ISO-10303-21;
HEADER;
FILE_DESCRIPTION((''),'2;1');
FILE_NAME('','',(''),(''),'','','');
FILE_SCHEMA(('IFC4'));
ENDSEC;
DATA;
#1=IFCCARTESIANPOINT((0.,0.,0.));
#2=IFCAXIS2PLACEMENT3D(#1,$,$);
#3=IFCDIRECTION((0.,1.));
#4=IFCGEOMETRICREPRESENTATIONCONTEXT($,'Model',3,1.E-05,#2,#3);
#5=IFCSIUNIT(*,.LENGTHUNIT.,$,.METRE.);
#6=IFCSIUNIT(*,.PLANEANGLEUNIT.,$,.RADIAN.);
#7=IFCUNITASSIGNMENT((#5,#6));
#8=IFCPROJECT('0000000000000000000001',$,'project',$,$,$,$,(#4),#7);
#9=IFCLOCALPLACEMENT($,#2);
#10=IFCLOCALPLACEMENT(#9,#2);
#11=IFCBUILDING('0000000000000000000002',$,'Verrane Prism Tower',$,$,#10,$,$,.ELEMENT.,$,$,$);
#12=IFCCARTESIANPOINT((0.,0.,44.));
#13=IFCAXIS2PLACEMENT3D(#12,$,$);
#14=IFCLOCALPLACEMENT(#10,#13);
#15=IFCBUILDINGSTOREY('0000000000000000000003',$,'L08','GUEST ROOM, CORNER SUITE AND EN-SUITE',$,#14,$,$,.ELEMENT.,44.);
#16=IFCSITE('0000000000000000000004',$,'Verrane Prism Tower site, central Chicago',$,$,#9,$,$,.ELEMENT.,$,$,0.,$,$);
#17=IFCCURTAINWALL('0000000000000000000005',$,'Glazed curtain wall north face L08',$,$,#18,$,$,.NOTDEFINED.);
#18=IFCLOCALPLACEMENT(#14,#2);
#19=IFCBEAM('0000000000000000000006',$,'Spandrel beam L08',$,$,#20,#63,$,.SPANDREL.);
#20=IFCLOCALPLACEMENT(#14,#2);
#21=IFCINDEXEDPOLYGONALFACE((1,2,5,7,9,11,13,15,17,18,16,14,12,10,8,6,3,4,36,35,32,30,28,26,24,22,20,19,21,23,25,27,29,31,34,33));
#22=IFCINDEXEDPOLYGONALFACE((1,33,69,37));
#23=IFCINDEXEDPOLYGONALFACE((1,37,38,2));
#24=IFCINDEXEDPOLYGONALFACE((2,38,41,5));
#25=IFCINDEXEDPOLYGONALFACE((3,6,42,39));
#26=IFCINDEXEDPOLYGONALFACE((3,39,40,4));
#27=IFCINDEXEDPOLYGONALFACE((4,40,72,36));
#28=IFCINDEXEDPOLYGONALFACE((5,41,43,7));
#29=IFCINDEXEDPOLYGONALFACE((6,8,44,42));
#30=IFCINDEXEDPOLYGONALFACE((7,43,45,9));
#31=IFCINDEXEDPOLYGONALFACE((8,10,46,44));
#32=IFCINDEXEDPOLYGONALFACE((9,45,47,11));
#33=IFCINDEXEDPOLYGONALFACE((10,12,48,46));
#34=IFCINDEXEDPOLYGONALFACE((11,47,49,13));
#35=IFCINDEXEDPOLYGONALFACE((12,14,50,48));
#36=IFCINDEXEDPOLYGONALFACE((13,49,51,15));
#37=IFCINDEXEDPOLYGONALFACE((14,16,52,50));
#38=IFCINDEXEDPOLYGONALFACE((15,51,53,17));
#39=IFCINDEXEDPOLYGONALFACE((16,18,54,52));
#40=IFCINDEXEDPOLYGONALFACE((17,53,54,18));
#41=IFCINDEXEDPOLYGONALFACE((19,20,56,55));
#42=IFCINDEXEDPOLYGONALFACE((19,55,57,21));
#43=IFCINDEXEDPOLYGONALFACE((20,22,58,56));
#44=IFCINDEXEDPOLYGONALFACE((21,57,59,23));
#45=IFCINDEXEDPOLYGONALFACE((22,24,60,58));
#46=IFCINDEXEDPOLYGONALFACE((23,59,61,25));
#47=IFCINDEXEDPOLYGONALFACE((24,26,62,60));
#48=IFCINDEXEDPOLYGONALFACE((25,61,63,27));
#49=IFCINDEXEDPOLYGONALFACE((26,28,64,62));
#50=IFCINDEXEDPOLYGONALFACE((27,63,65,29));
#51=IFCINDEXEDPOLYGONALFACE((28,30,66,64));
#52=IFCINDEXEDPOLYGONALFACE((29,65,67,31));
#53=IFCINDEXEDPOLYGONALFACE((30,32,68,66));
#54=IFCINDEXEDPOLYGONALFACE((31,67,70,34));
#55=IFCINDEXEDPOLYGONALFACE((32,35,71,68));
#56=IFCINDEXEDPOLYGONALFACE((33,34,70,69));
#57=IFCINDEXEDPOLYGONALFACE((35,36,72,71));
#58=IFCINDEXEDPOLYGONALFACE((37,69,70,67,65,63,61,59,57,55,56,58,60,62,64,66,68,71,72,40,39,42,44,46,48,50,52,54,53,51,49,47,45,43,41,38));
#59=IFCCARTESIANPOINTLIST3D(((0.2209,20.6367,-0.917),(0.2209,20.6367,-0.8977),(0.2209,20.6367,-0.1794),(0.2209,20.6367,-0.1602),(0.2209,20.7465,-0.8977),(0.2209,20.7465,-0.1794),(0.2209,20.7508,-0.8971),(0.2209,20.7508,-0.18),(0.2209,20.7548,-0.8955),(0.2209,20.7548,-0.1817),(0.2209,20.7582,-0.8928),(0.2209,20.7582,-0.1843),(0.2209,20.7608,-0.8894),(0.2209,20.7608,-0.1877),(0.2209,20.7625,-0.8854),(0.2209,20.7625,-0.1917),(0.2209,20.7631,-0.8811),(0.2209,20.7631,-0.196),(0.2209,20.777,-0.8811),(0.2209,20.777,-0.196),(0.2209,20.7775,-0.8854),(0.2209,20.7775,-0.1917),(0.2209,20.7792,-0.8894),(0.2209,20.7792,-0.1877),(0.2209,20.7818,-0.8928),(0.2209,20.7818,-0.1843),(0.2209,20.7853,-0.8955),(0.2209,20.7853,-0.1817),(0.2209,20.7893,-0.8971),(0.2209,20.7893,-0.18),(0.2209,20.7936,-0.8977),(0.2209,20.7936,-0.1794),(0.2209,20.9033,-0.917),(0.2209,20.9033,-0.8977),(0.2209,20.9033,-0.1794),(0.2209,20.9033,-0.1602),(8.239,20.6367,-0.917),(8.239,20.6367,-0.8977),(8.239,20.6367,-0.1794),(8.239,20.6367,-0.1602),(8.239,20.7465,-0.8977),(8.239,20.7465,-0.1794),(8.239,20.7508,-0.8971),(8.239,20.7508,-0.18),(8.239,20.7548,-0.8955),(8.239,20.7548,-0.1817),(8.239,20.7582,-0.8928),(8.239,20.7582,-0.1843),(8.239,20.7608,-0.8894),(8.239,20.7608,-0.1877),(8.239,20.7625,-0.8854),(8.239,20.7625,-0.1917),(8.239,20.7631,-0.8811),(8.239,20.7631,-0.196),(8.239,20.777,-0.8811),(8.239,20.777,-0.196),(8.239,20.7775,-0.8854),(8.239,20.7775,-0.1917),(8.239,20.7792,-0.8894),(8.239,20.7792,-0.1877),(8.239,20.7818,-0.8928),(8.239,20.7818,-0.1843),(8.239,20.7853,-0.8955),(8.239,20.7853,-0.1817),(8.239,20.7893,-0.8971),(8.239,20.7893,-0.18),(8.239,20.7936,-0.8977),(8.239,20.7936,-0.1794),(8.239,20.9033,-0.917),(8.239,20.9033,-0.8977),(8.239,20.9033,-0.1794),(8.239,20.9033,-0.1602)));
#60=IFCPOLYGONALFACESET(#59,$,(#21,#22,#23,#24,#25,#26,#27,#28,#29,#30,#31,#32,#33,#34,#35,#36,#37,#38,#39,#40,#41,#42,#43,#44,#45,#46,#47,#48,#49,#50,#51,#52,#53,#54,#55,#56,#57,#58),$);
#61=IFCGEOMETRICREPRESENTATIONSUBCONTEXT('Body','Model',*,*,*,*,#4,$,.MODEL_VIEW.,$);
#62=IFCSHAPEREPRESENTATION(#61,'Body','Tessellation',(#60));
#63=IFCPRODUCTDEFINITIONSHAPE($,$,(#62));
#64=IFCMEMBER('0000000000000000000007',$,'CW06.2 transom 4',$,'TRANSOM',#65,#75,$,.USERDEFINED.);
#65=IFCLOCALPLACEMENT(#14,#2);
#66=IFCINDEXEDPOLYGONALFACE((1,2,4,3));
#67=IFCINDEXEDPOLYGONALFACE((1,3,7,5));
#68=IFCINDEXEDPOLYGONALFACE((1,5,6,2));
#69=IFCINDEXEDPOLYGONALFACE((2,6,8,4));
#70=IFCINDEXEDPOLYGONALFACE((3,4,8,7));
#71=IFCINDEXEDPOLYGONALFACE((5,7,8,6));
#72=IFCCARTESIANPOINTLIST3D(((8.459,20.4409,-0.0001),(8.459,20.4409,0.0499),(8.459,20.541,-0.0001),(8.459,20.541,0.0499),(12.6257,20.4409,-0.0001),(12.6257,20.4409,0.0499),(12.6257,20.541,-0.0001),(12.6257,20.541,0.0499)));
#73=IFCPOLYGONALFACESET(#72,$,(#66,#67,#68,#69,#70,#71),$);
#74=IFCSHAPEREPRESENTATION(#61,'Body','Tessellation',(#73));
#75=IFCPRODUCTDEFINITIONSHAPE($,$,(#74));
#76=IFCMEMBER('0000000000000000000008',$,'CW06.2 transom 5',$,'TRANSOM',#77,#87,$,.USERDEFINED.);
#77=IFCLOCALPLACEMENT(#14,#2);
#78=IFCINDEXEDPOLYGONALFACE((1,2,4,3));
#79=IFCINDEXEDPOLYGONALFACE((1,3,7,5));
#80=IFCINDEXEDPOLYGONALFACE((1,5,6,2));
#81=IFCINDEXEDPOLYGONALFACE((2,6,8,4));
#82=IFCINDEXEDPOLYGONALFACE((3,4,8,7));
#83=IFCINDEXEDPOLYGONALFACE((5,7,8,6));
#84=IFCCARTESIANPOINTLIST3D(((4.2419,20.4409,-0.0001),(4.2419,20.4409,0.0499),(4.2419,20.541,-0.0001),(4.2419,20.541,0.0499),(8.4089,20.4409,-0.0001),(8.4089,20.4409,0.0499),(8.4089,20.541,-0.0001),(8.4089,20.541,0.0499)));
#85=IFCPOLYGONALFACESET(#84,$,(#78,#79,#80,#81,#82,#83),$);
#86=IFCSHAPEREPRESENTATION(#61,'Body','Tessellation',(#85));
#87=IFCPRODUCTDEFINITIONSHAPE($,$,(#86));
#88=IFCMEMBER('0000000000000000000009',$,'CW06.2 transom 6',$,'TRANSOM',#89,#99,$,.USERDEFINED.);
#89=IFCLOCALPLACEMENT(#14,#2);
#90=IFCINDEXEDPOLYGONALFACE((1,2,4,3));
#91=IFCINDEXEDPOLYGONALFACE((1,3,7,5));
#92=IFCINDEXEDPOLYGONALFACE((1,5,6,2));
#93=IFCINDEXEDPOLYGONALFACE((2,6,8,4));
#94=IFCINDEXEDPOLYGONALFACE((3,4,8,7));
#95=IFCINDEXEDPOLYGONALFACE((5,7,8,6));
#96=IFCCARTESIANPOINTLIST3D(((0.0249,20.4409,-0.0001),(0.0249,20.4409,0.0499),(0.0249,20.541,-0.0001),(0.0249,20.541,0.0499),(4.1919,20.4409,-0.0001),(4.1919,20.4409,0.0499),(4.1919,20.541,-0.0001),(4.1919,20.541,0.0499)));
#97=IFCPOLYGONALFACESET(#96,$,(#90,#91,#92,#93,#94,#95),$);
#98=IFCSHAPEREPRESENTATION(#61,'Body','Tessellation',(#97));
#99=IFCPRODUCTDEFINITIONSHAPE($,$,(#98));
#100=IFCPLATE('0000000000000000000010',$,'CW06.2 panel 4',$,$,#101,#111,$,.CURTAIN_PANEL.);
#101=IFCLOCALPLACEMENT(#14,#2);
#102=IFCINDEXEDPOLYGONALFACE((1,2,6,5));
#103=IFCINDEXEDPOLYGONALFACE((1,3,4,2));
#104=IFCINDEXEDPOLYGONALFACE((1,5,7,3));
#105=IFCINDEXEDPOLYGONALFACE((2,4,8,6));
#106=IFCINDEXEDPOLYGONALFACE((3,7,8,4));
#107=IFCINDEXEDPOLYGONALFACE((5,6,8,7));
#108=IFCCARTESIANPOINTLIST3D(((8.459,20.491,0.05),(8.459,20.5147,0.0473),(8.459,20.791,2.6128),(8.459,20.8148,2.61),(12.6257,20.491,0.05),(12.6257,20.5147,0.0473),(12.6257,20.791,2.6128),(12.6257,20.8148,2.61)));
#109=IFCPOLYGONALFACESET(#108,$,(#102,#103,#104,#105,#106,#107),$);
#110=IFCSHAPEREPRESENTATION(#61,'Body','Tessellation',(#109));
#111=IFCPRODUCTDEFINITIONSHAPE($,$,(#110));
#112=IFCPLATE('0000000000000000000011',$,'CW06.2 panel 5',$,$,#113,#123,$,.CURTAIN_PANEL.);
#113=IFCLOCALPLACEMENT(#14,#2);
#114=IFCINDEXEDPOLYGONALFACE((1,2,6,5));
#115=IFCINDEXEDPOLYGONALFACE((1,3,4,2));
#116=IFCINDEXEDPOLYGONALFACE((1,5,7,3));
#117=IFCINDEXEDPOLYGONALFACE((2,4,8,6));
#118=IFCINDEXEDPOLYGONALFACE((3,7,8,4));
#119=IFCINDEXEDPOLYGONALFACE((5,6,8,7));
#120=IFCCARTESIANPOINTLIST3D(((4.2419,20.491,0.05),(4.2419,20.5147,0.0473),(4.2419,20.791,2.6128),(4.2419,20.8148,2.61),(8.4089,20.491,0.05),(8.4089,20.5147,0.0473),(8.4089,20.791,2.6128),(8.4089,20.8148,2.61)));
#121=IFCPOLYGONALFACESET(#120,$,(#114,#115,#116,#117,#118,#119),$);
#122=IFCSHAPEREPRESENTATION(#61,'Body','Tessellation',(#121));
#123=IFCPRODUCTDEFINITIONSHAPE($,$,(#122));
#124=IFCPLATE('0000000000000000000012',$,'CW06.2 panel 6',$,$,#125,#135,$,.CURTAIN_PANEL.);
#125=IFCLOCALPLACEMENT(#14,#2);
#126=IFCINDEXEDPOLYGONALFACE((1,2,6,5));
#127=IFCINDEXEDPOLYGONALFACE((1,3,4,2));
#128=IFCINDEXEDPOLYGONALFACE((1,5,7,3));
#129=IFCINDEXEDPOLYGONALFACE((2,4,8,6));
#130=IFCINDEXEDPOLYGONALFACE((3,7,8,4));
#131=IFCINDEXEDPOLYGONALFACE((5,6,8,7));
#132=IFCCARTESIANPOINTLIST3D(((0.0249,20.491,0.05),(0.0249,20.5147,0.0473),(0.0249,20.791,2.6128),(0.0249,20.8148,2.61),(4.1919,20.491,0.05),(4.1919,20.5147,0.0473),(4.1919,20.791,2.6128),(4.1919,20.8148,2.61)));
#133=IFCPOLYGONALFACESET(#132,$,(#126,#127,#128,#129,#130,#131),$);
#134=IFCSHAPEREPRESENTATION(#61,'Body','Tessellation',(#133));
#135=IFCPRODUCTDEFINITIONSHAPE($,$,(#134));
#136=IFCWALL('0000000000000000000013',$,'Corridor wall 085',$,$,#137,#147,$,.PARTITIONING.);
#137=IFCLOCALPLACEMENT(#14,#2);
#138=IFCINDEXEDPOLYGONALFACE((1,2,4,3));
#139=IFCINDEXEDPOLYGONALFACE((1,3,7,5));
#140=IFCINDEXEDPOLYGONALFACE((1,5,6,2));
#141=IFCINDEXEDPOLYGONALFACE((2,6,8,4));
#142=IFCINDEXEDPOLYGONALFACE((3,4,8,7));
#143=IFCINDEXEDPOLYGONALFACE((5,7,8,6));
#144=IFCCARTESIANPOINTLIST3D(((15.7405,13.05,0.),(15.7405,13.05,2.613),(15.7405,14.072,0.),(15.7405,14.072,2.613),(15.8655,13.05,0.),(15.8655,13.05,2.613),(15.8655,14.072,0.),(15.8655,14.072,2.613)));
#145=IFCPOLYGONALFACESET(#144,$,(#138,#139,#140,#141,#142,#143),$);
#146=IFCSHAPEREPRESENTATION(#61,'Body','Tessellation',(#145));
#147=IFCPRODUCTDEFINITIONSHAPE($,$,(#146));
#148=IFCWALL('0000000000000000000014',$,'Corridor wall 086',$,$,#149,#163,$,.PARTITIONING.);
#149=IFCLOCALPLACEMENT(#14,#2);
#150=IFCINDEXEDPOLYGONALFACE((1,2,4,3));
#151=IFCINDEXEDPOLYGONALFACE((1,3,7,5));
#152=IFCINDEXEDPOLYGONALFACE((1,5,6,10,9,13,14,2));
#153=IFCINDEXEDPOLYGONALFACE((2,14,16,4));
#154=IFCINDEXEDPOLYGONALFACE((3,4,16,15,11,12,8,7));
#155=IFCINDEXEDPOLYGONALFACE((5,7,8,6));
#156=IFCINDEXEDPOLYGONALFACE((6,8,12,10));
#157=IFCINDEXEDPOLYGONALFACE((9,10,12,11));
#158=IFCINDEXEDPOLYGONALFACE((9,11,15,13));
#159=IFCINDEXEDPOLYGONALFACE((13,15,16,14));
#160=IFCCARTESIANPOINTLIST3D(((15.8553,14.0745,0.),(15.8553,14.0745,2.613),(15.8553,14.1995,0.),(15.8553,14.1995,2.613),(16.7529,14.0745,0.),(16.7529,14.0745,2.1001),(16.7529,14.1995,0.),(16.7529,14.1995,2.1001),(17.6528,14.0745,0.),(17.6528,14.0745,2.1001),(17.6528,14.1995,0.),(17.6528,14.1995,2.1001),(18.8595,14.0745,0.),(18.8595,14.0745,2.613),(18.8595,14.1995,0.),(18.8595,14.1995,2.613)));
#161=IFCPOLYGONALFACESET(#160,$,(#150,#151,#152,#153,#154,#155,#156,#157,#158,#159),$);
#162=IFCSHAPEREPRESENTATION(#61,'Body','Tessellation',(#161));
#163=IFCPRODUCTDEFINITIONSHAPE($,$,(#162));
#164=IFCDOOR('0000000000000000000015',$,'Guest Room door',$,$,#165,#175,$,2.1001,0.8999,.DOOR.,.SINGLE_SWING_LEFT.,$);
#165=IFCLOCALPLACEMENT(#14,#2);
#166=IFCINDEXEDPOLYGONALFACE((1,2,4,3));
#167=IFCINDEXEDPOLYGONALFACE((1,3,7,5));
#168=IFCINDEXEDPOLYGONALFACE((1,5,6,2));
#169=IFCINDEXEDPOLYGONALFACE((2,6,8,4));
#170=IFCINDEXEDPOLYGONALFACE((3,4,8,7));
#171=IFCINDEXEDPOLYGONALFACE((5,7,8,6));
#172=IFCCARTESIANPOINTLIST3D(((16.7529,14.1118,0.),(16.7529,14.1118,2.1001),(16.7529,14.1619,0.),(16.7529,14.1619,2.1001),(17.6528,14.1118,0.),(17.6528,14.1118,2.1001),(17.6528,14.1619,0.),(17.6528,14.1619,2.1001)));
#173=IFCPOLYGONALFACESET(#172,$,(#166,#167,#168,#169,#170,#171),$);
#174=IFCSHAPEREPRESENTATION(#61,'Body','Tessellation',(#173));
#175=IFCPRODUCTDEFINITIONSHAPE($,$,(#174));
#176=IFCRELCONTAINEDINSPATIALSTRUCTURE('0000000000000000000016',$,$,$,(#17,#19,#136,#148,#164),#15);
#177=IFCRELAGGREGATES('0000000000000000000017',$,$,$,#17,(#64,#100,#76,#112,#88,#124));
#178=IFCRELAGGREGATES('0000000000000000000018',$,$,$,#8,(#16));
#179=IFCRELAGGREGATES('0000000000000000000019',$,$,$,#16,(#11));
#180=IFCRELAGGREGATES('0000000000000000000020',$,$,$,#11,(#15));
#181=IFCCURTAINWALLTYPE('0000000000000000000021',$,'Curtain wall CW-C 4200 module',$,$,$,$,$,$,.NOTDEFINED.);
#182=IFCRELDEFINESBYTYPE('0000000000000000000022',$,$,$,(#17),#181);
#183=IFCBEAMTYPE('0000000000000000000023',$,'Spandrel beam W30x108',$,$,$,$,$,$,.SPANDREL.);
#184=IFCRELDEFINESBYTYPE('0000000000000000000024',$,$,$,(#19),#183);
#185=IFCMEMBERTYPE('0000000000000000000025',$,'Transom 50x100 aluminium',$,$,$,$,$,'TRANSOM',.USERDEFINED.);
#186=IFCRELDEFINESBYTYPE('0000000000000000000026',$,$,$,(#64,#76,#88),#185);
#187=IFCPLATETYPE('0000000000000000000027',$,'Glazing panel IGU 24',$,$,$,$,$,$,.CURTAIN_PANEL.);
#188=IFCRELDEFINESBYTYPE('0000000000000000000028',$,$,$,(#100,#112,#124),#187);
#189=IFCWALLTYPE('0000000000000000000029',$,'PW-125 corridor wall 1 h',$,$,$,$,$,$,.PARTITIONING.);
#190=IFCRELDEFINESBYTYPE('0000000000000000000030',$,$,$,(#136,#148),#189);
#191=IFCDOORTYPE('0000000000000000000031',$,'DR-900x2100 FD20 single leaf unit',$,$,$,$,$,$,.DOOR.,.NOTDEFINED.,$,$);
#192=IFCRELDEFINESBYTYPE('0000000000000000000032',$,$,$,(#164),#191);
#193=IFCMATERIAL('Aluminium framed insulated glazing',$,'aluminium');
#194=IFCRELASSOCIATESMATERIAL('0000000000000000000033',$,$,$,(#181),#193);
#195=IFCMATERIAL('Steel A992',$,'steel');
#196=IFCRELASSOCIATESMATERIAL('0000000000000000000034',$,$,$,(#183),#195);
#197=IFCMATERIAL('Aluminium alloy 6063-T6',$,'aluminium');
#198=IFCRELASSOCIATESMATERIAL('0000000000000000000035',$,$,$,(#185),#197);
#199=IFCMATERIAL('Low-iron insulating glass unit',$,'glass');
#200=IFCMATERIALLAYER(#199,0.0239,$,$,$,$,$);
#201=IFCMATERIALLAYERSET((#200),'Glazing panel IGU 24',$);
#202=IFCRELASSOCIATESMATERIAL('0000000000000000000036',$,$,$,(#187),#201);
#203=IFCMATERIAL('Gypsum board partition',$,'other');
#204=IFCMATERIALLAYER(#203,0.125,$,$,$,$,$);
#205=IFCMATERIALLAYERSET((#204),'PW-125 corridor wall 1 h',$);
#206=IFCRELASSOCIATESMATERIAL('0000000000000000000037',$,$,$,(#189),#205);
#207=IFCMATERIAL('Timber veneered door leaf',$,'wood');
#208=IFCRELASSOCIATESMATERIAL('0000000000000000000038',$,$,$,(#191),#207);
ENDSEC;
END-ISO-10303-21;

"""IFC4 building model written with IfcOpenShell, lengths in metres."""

from ifc_helpers import new_model, si_unit, direction, frame, frame_2d, origin, origin_2d, place, context, subcontext, project, spatial, polyline, rectangle, i_section, outline, extrude, material, layer, layer_set, material_profile, profile_set, type_object, element, fill, aggregate, save


model = new_model("IFC4")

# Units and contexts
model_context = context("Model", 3, precision=1e-05, world=origin(), true_north=direction((0.0, 1.0)))
body_context = subcontext(model_context, "Body", "Model", "MODEL_VIEW")
ifc_project = project(units=[si_unit("LENGTHUNIT", "METRE"), si_unit("PLANEANGLEUNIT", "RADIAN")], contexts=[model_context])

# Site, building, storey
site_placement = place(None, origin())
site = spatial("IfcSite", under=ifc_project, at=site_placement, Name="Verrane Prism Tower site, central Chicago", CompositionType="ELEMENT", RefElevation=0.0)
building_placement = place(site_placement, origin())
building = spatial("IfcBuilding", under=site, at=building_placement, Name="Verrane Prism Tower", CompositionType="ELEMENT")
storey_placement = place(building_placement, frame((0.0, 0.0, 44.0)))
storey = spatial("IfcBuildingStorey", under=building, at=storey_placement, Name="L08", Description="GUEST ROOM, CORNER SUITE AND EN-SUITE", CompositionType="ELEMENT", Elevation=44.0)

# Curtain wall
ifc_material_1 = material(Name="Aluminium framed insulated glazing", Category="aluminium")
curtain_wall_type = type_object("IfcCurtainWallType", Name="Curtain wall CW-C 4200 module", PredefinedType="NOTDEFINED", material=ifc_material_1)
curtain_wall_placement = place(storey_placement, origin())
curtain_wall = element("IfcCurtainWall", 1, at=curtain_wall_placement, inside=storey, type_object=curtain_wall_type, Name="Glazed curtain wall north face L08", PredefinedType="NOTDEFINED")

# Beam
ifc_material_2 = material(Name="Steel A992", Category="steel")
ifc_material_profile_1 = material_profile(ifc_material_2, i_section(OverallWidth=0.2666, OverallDepth=0.7568, WebThickness=0.0139, FlangeThickness=0.0193, FilletRadius=0.0166, at=origin_2d()), Name="W30x108")
ifc_profile_set_1 = profile_set([ifc_material_profile_1], Name="Steel A992")
beam_type_1 = type_object("IfcBeamType", Name="Spandrel beam W30x108", PredefinedType="SPANDREL", material=ifc_profile_set_1)
for number, where, z_axis, x_axis, name in (
    (2, (8.239, 20.77, -0.5386), (-1.0, 0.0, 0.0), (0.0, -1.0, 0.0), "Spandrel beam L08"),
):
    element("IfcBeam", number, at=place(storey_placement, frame(where, z_axis=z_axis, x_axis=x_axis)), inside=storey, type_object=beam_type_1, Name=name, PredefinedType="SPANDREL", context=body_context, shape_type="SweptSolid", body=[
        extrude(i_section(OverallWidth=0.2666, OverallDepth=0.7568, WebThickness=0.0139, FlangeThickness=0.0193, FilletRadius=0.0166, at=origin_2d()), origin(), (0.0, 0.0, 1.0), 8.0181),
    ])

# Members
ifc_material_3 = material(Name="Aluminium alloy 6063-T6", Category="aluminium")
ifc_material_profile_2 = material_profile(ifc_material_3, rectangle(XDim=0.1001, YDim=0.05, at=origin_2d()), Name="Transom 50x100 aluminium")
ifc_profile_set_2 = profile_set([ifc_material_profile_2], Name="Aluminium alloy 6063-T6")
member_type_1 = type_object("IfcMemberType", Name="Transom 50x100 aluminium", ElementType="TRANSOM", PredefinedType="USERDEFINED", material=ifc_profile_set_2)
member_1_placement = place(storey_placement, frame((12.6257, 20.491, 0.0249), z_axis=(-1.0, 0.0, 0.0), x_axis=(0.0, -1.0, 0.0)))
member_1 = element("IfcMember", 3, at=member_1_placement, type_object=member_type_1, Name="CW06.2 transom 4", ObjectType="TRANSOM", PredefinedType="USERDEFINED", context=body_context, shape_type="SweptSolid", body=[
    extrude(rectangle(XDim=0.1001, YDim=0.05, at=origin_2d()), origin(), (0.0, 0.0, 1.0), 4.1667),
])
member_2_placement = place(storey_placement, frame((8.4089, 20.491, 0.0249), z_axis=(-1.0, 0.0, 0.0), x_axis=(0.0, -1.0, 0.0)))
member_2 = element("IfcMember", 4, at=member_2_placement, type_object=member_type_1, Name="CW06.2 transom 5", ObjectType="TRANSOM", PredefinedType="USERDEFINED", context=body_context, shape_type="SweptSolid", body=[
    extrude(rectangle(XDim=0.1001, YDim=0.05, at=origin_2d()), origin(), (0.0, 0.0, 1.0), 4.167),
])
member_3_placement = place(storey_placement, frame((4.1919, 20.491, 0.0249), z_axis=(-1.0, 0.0, 0.0), x_axis=(0.0, -1.0, 0.0)))
member_3 = element("IfcMember", 5, at=member_3_placement, type_object=member_type_1, Name="CW06.2 transom 6", ObjectType="TRANSOM", PredefinedType="USERDEFINED", context=body_context, shape_type="SweptSolid", body=[
    extrude(rectangle(XDim=0.1001, YDim=0.05, at=origin_2d()), origin(), (0.0, 0.0, 1.0), 4.167),
])

# Plates
ifc_material_4 = material(Name="Low-iron insulating glass unit", Category="glass")
ifc_layer_1 = layer(ifc_material_4, 0.0239)
ifc_layer_set_1 = layer_set([ifc_layer_1], Name="Glazing panel IGU 24")
plate_type = type_object("IfcPlateType", Name="Glazing panel IGU 24", PredefinedType="CURTAIN_PANEL", material=ifc_layer_set_1)
plate_1_placement = place(storey_placement, frame((12.6257, 20.491, 0.05), z_axis=(0.0, -0.993216, 0.116287), x_axis=(-1.0, 0.0, 0.0)))
plate_1 = element("IfcPlate", 6, at=plate_1_placement, type_object=plate_type, Name="CW06.2 panel 4", PredefinedType="CURTAIN_PANEL", context=body_context, shape_type="SweptSolid", body=[
    extrude(outline(polyline([(0.0, 0.0), (4.1667, 0.0), (4.1667, -2.5802), (0.0, -2.5802), (0.0, 0.0)])), origin(), (0.0, 0.0, -1.0), 0.0239),
])
plate_2_placement = place(storey_placement, frame((8.4089, 20.491, 0.05), z_axis=(0.0, -0.993216, 0.116287), x_axis=(-1.0, 0.0, 0.0)))
plate_2 = element("IfcPlate", 7, at=plate_2_placement, type_object=plate_type, Name="CW06.2 panel 5", PredefinedType="CURTAIN_PANEL", context=body_context, shape_type="SweptSolid", body=[
    extrude(outline(polyline([(0.0, 0.0), (4.167, 0.0), (4.167, -2.5802), (0.0, -2.5802), (0.0, 0.0)])), origin(), (0.0, 0.0, -1.0), 0.0239),
])
plate_3_placement = place(storey_placement, frame((4.1919, 20.491, 0.05), z_axis=(0.0, -0.993216, 0.116287), x_axis=(-1.0, 0.0, 0.0)))
plate_3 = element("IfcPlate", 8, at=plate_3_placement, type_object=plate_type, Name="CW06.2 panel 6", PredefinedType="CURTAIN_PANEL", context=body_context, shape_type="SweptSolid", body=[
    extrude(outline(polyline([(0.0, 0.0), (4.167, 0.0), (4.167, -2.5802), (0.0, -2.5802), (0.0, 0.0)])), origin(), (0.0, 0.0, -1.0), 0.0239),
])
aggregate(curtain_wall, [member_1, plate_1, member_2, plate_2, member_3, plate_3])

# Wall
ifc_material_5 = material(Name="Gypsum board partition", Category="other")
ifc_layer_2 = layer(ifc_material_5, 0.125)
ifc_layer_set_2 = layer_set([ifc_layer_2], Name="PW-125 corridor wall 1 h")
wall_type_1 = type_object("IfcWallType", Name="PW-125 corridor wall 1 h", PredefinedType="PARTITIONING", material=ifc_layer_set_2)
wall_1_placement = place(storey_placement, frame((15.803, 13.05, 0.0), z_axis=(0.0, 0.0, 1.0), x_axis=(0.0, 1.0, 0.0)))
element("IfcWall", 9, at=wall_1_placement, inside=storey, type_object=wall_type_1, Name="Corridor wall 085", PredefinedType="PARTITIONING", context=body_context, shape_type="SweptSolid", body=[
    extrude(rectangle(XDim=1.022, YDim=0.125, at=frame_2d((0.511, 0.0))), origin(), (0.0, 0.0, 1.0), 2.613),
])

# Wall, opening, door
wall_2_placement = place(storey_placement, frame((15.8555, 14.137, 0.0), z_axis=(0.0, 0.0, 1.0), x_axis=(1.0, 0.0, 0.0)))
wall_2 = element("IfcWall", 10, at=wall_2_placement, inside=storey, type_object=wall_type_1, Name="Corridor wall 086", PredefinedType="PARTITIONING", context=body_context, shape_type="SweptSolid", body=[
    extrude(rectangle(XDim=3.0042, YDim=0.125, at=frame_2d((1.502, 0.0))), origin(), (0.0, 0.0, 1.0), 2.613),
])
opening_1_placement = place(wall_2_placement, frame((0.8975, 0.0, 0.0)))
opening_1 = element("IfcOpeningElement", 11, at=opening_1_placement, cuts=wall_2, PredefinedType="OPENING", context=body_context, shape_type="SweptSolid", body=[
    extrude(rectangle(XDim=0.8999, YDim=2.1001, at=frame_2d((0.45, 1.05))), frame((0.0, 0.0725, 0.0), z_axis=(0.0, -1.0, 0.0), x_axis=(1.0, 0.0, 0.0)), (0.0, 0.0, 1.0), 0.145),
])
ifc_material_6 = material(Name="Timber veneered door leaf", Category="wood")
door_type_1 = type_object("IfcDoorType", Name="DR-900x2100 FD20 single leaf unit", OperationType="NOTDEFINED", PredefinedType="DOOR", material=ifc_material_6)
door_1_placement = place(opening_1_placement, origin())
door_1 = element("IfcDoor", 12, at=door_1_placement, inside=storey, type_object=door_type_1, Name="Guest Room door", OperationType="SINGLE_SWING_LEFT", OverallHeight=2.1001, OverallWidth=0.8999, PredefinedType="DOOR", context=body_context, shape_type="SweptSolid", body=[
    extrude(rectangle(XDim=0.8999, YDim=2.1001, at=frame_2d((0.45, 1.05))), frame((0.0, 0.0249, 0.0), z_axis=(0.0, -1.0, 0.0), x_axis=(1.0, 0.0, 0.0)), (0.0, 0.0, 1.0), 0.05),
])
fill(opening_1, door_1)

save(model, "model.ifc")
